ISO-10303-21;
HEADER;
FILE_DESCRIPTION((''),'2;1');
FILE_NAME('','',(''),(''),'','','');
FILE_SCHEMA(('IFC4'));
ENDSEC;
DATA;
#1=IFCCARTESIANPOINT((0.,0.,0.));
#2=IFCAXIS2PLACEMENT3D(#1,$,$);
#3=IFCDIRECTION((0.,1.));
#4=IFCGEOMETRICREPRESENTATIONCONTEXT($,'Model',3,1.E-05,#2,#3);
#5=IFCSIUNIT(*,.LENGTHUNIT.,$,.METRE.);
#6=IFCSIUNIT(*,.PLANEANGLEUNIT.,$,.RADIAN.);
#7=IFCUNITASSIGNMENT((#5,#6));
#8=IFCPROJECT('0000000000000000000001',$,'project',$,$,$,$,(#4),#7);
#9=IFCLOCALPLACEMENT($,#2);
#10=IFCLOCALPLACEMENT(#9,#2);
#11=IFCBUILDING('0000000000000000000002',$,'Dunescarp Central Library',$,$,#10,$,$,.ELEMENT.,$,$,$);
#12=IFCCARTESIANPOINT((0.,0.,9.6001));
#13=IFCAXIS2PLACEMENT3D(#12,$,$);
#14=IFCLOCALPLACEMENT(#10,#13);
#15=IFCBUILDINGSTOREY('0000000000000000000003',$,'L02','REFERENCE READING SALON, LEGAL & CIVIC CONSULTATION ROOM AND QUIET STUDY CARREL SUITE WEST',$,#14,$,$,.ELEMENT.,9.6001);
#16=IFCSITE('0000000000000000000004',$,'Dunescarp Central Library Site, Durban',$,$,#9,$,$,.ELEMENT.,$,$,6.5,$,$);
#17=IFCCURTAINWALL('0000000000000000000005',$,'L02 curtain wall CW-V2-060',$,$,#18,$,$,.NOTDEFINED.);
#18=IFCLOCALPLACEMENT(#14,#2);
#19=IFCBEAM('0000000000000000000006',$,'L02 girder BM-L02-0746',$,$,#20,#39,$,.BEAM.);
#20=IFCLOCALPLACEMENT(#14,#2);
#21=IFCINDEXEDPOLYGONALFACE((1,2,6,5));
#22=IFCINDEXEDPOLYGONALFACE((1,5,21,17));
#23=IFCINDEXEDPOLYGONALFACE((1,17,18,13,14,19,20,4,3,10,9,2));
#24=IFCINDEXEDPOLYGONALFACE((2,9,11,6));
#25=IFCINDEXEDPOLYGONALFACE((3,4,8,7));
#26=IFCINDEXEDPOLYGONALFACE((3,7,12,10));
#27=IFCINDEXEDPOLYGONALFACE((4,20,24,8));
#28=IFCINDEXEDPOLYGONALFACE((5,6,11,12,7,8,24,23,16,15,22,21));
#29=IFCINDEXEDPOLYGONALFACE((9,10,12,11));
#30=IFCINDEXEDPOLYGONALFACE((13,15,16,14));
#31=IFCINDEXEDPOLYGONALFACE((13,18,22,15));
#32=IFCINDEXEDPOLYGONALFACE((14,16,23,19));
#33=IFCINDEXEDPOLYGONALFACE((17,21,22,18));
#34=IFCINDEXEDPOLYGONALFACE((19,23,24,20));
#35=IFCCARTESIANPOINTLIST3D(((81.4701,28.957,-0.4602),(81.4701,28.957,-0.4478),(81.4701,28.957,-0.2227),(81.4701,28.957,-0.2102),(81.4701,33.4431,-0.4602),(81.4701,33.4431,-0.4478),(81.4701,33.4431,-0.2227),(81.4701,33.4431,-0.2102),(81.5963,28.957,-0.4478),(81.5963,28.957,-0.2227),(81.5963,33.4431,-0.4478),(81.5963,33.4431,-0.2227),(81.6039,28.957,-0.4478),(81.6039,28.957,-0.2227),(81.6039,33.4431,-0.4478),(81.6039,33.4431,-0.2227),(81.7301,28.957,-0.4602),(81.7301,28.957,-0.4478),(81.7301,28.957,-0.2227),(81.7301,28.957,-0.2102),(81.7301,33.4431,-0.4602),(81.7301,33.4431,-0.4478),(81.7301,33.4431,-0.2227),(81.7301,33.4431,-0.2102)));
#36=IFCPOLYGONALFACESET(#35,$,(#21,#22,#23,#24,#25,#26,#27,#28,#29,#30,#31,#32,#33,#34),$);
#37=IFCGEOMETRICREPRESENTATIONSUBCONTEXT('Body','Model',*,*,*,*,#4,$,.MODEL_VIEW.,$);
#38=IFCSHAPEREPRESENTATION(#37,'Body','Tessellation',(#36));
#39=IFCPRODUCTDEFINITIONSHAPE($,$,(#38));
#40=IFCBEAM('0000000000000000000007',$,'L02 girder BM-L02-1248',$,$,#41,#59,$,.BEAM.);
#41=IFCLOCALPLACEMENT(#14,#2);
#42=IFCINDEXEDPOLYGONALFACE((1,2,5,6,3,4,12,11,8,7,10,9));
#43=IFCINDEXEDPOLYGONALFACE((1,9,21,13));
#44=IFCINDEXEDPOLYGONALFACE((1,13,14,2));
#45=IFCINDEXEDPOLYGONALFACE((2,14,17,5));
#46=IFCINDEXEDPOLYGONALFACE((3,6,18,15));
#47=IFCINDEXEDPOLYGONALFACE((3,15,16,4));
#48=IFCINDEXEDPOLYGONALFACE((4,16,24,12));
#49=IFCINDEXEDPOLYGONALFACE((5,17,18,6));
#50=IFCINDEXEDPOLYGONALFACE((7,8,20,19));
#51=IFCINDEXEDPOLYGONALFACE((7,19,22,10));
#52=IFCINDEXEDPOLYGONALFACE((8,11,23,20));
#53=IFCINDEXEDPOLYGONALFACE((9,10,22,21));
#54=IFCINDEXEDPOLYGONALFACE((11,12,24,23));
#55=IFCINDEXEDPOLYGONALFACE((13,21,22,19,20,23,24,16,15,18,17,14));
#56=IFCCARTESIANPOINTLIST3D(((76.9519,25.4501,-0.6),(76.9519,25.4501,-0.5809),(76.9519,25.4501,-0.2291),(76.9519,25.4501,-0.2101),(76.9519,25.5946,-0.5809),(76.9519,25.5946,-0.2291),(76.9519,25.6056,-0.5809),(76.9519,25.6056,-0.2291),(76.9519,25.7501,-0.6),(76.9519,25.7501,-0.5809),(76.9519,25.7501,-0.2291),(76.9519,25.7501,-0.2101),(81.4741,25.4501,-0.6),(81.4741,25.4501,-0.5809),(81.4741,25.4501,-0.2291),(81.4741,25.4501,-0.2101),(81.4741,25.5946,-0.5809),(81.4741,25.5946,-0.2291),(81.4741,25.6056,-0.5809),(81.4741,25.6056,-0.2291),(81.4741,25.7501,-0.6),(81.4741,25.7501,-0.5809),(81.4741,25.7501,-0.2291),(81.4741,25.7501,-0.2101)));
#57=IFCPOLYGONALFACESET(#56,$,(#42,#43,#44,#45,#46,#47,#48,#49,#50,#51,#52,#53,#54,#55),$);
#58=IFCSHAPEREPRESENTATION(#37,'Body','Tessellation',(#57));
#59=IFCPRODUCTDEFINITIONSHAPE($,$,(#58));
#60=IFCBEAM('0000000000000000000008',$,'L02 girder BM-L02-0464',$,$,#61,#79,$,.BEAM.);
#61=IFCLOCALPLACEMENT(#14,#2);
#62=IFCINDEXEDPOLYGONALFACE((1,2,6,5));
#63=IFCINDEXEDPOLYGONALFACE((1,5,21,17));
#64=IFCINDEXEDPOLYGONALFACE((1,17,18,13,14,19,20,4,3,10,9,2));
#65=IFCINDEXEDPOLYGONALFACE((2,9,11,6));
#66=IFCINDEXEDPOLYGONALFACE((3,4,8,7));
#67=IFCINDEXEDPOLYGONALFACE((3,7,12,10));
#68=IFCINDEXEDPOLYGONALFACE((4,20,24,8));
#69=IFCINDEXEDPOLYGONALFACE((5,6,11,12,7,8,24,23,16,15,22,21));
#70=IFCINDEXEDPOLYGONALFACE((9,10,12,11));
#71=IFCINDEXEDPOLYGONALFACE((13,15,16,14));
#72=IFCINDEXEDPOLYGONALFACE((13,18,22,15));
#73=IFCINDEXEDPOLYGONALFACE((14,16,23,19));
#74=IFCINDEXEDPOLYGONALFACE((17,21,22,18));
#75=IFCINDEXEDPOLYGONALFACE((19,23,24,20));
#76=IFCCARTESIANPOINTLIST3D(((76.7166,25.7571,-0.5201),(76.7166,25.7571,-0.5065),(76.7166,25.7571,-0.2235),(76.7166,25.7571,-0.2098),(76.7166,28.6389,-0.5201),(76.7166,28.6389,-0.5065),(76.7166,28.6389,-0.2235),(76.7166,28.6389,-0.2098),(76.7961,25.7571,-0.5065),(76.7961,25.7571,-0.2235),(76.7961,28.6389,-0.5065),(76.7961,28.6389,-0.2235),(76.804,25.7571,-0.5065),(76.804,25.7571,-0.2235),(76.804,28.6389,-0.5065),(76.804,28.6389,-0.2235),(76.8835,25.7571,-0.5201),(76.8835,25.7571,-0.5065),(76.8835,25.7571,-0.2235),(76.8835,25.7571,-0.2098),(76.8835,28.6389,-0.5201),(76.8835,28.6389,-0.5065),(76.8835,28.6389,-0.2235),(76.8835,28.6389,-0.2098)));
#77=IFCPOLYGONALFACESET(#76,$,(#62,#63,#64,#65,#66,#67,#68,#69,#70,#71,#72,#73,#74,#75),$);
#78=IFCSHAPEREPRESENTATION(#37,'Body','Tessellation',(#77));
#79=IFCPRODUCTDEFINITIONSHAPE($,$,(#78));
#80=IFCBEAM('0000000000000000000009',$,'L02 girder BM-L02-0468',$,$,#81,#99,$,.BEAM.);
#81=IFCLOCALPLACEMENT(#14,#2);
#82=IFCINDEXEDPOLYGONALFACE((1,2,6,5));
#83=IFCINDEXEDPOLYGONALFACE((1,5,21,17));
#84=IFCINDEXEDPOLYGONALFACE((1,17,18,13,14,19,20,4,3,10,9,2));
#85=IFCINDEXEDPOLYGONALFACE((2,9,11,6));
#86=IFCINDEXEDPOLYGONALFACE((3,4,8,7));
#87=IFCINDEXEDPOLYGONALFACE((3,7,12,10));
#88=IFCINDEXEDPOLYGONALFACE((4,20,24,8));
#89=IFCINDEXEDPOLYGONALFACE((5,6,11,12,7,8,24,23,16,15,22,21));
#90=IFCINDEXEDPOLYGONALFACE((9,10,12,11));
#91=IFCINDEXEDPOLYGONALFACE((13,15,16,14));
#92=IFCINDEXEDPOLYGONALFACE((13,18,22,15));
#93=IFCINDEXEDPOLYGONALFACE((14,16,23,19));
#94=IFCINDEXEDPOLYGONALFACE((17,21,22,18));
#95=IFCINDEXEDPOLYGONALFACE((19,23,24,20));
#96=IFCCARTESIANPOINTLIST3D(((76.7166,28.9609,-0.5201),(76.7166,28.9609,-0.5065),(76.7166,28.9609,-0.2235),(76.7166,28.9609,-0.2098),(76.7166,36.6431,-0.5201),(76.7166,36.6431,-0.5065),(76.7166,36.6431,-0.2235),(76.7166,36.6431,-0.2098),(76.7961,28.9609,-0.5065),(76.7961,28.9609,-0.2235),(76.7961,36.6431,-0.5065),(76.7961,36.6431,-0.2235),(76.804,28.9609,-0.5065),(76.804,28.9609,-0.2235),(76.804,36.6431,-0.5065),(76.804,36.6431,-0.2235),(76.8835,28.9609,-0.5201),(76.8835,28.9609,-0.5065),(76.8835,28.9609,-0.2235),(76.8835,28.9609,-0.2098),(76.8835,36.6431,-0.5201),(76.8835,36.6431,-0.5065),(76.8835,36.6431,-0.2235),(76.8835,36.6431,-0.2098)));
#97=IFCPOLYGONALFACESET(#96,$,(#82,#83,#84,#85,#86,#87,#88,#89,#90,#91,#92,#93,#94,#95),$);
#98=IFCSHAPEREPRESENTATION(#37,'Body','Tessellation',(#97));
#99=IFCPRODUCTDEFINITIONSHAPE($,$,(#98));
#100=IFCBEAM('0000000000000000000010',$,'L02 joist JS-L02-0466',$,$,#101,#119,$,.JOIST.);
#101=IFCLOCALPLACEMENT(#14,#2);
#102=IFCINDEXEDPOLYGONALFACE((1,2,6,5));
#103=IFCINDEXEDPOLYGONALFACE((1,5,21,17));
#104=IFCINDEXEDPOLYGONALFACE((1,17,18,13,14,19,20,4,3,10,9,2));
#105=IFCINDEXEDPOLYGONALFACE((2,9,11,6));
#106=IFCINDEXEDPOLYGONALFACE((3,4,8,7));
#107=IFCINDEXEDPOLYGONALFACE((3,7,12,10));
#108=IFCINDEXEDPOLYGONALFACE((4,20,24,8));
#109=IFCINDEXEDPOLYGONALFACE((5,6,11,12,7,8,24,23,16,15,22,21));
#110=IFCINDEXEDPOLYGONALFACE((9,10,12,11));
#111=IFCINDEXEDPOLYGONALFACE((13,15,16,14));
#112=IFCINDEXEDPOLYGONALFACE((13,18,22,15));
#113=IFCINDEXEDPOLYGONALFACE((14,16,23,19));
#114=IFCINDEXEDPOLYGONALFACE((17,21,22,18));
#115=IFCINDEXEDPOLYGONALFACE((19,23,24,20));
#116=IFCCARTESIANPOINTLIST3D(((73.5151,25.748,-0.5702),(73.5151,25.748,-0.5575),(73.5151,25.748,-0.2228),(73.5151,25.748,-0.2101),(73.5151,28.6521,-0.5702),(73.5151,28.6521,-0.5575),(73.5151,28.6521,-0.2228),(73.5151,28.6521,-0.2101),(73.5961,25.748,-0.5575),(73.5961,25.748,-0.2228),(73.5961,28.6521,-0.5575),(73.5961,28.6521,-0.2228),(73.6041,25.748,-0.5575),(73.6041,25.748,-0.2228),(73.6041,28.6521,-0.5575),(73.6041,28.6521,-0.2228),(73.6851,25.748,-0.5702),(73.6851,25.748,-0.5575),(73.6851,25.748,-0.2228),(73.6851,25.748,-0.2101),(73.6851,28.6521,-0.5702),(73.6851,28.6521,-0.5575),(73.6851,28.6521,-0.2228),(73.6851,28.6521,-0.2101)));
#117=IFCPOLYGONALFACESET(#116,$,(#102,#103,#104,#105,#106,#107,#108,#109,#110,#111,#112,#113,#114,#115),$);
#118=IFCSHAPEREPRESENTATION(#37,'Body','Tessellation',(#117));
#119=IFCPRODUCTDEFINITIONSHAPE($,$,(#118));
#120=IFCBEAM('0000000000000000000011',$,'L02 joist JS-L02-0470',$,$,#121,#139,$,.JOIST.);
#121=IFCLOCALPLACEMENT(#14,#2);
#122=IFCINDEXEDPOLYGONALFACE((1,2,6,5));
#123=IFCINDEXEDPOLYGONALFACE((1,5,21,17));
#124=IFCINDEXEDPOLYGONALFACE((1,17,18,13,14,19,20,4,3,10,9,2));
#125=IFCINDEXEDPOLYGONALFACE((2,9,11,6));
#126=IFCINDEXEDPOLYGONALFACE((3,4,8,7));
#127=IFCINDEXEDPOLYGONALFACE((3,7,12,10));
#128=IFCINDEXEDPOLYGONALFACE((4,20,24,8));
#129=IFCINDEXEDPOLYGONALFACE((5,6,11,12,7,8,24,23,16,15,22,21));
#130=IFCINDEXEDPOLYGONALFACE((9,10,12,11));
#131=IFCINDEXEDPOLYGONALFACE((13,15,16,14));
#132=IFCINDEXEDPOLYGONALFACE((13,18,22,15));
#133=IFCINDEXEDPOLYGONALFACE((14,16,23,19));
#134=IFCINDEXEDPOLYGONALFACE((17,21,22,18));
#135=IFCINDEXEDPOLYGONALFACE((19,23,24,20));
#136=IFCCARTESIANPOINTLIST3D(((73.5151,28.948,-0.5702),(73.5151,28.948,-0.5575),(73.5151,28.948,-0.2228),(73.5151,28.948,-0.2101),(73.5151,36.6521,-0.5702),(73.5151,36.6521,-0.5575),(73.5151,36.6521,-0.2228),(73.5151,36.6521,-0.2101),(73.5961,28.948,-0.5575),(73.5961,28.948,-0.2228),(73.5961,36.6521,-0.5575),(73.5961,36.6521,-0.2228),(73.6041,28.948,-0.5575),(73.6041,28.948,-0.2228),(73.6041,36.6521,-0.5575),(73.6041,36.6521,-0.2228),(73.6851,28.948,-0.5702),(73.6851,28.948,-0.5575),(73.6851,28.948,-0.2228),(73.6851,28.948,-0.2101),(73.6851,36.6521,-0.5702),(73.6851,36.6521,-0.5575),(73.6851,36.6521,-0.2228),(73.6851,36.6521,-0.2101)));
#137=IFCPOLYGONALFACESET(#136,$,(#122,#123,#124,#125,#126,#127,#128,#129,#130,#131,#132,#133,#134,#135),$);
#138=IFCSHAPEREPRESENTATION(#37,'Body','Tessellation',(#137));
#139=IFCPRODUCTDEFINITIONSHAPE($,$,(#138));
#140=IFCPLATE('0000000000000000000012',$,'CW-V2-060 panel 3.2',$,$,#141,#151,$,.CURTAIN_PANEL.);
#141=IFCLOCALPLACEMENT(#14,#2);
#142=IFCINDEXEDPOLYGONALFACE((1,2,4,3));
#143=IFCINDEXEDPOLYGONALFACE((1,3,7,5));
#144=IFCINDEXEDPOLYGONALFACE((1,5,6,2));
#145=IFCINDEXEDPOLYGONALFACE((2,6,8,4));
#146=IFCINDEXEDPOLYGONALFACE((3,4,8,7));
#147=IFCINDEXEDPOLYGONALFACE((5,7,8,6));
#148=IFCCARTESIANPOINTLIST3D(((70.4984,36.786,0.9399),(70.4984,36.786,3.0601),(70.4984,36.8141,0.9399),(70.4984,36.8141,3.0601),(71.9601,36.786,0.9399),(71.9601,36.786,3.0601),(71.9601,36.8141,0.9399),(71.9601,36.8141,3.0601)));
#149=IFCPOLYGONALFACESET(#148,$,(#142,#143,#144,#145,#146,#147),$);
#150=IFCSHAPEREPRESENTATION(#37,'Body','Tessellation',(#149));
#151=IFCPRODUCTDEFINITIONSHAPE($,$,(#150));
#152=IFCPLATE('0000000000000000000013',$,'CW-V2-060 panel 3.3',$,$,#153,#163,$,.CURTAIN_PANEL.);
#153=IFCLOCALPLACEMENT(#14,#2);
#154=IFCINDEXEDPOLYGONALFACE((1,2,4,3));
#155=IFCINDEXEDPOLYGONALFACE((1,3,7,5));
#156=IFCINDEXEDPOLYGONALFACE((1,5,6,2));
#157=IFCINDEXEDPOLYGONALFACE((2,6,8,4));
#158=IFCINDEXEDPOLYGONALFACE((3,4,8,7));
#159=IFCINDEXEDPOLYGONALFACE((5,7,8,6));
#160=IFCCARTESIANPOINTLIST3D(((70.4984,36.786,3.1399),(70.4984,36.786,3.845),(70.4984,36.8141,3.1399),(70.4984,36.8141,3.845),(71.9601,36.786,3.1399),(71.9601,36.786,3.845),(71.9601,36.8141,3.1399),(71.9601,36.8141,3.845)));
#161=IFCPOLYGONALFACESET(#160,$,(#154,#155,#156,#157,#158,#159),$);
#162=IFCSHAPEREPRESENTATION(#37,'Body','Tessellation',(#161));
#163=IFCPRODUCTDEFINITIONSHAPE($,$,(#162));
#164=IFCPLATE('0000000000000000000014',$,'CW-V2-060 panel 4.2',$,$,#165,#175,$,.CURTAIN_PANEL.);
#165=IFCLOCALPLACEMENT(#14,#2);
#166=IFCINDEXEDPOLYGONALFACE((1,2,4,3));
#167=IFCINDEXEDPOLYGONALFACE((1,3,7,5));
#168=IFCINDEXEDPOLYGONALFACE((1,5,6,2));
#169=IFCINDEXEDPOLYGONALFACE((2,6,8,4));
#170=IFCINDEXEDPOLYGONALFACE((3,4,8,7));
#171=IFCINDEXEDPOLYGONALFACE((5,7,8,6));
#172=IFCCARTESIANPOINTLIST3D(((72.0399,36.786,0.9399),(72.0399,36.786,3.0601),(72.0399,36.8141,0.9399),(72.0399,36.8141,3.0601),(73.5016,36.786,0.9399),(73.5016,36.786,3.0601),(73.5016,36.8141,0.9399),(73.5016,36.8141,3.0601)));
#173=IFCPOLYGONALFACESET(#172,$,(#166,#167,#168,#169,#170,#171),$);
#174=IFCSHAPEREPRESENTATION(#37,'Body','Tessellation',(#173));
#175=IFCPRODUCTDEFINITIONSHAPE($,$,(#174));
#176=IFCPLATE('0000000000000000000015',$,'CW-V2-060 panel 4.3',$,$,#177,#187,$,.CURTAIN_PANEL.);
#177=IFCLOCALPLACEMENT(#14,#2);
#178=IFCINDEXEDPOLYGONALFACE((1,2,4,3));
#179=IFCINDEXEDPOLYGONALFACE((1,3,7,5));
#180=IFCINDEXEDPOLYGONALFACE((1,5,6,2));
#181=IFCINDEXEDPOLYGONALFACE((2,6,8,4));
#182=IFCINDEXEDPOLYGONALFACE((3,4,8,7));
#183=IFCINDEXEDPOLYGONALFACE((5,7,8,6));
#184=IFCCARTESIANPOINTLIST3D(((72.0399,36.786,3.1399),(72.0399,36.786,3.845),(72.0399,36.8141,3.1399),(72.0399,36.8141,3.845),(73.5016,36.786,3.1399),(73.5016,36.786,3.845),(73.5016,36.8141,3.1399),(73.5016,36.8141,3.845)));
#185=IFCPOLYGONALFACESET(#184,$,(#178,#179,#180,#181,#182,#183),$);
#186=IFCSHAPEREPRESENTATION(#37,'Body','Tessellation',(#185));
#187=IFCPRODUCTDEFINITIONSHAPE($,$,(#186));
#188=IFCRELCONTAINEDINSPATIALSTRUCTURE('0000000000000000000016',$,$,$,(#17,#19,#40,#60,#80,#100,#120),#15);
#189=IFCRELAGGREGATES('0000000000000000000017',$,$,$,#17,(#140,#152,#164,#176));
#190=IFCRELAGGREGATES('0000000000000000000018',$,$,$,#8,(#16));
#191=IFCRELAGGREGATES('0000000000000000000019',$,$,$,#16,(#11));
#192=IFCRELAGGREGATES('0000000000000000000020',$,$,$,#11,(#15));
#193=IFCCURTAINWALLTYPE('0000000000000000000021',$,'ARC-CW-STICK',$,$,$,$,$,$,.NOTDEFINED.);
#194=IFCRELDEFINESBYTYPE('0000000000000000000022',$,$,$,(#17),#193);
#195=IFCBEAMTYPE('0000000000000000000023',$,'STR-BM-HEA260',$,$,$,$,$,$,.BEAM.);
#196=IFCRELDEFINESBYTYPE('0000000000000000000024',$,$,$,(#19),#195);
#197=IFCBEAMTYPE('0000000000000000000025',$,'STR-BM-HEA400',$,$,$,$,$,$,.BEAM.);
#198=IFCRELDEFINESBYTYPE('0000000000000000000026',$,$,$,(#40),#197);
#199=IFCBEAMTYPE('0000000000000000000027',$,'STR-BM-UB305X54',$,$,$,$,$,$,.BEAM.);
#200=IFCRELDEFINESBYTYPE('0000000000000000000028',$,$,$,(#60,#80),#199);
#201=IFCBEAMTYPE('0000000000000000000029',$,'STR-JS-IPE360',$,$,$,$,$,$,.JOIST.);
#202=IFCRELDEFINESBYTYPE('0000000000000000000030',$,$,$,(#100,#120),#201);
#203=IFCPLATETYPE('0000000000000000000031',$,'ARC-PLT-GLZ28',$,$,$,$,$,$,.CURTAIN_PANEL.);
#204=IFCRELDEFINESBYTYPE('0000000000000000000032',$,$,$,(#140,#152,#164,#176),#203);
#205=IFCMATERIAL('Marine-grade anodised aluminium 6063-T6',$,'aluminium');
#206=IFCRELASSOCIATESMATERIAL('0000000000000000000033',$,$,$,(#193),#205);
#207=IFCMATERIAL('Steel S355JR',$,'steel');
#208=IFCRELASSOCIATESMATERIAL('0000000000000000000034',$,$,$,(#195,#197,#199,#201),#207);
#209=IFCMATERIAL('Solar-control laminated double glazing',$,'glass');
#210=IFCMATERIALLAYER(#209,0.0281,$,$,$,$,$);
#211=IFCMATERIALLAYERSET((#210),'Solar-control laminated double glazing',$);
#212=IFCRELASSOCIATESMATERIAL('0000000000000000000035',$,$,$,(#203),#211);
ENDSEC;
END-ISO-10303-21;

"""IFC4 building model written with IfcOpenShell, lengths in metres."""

from ifc_helpers import new_model, si_unit, direction, frame, origin, origin_2d, place, context, subcontext, project, spatial, rectangle, i_section, extrude, material, layer, layer_set, material_profile, profile_set, type_object, element, aggregate, save


model = new_model("IFC4")

# Units and contexts
model_context = context("Model", 3, precision=1e-05, world=origin(), true_north=direction((0.0, 1.0)))
body_context = subcontext(model_context, "Body", "Model", "MODEL_VIEW")
ifc_project = project(units=[si_unit("LENGTHUNIT", "METRE"), si_unit("PLANEANGLEUNIT", "RADIAN")], contexts=[model_context])

# Site, building, storey
site_placement = place(None, origin())
site = spatial("IfcSite", under=ifc_project, at=site_placement, Name="Dunescarp Central Library Site, Durban", CompositionType="ELEMENT", RefElevation=6.5)
building_placement = place(site_placement, origin())
building = spatial("IfcBuilding", under=site, at=building_placement, Name="Dunescarp Central Library", CompositionType="ELEMENT")
storey_placement = place(building_placement, frame((0.0, 0.0, 9.6001)))
storey = spatial("IfcBuildingStorey", under=building, at=storey_placement, Name="L02", Description="REFERENCE READING SALON, LEGAL & CIVIC CONSULTATION ROOM AND QUIET STUDY CARREL SUITE WEST", CompositionType="ELEMENT", Elevation=9.6001)

# Shared definitions
ifc_material_1 = material(Name="Steel S355JR", Category="steel")

# Curtain wall
ifc_material_2 = material(Name="Marine-grade anodised aluminium 6063-T6", Category="aluminium")
curtain_wall_type = type_object("IfcCurtainWallType", Name="ARC-CW-STICK", PredefinedType="NOTDEFINED", material=ifc_material_2)
curtain_wall_placement = place(storey_placement, origin())
curtain_wall = element("IfcCurtainWall", 1, at=curtain_wall_placement, inside=storey, type_object=curtain_wall_type, Name="L02 curtain wall CW-V2-060", PredefinedType="NOTDEFINED")

# Beams
ifc_material_profile_1 = material_profile(ifc_material_1, i_section(OverallWidth=0.26, OverallDepth=0.25, WebThickness=0.0076, FlangeThickness=0.0125, at=origin_2d()), Name="HEA 260")
ifc_profile_set_1 = profile_set([ifc_material_profile_1], Name="Steel S355JR")
beam_type_1 = type_object("IfcBeamType", Name="STR-BM-HEA260", PredefinedType="BEAM", material=ifc_profile_set_1)
beam_1_placement = place(storey_placement, frame((81.6001, 28.957, -0.3352), z_axis=(0.0, 1.0, 0.0), x_axis=(-1.0, 0.0, 0.0)))
element("IfcBeam", 2, at=beam_1_placement, inside=storey, type_object=beam_type_1, Name="L02 girder BM-L02-0746", PredefinedType="BEAM", context=body_context, shape_type="SweptSolid", body=[
    extrude(i_section(OverallWidth=0.26, OverallDepth=0.25, WebThickness=0.0076, FlangeThickness=0.0125, at=origin_2d()), origin(), (0.0, 0.0, 1.0), 4.4861),
])
ifc_material_profile_2 = material_profile(ifc_material_1, i_section(OverallWidth=0.3, OverallDepth=0.3899, WebThickness=0.011, FlangeThickness=0.019, at=origin_2d()), Name="HEA 400")
ifc_profile_set_2 = profile_set([ifc_material_profile_2], Name="Steel S355JR")
beam_type_2 = type_object("IfcBeamType", Name="STR-BM-HEA400", PredefinedType="BEAM", material=ifc_profile_set_2)
beam_2_placement = place(storey_placement, frame((76.9519, 25.6001, -0.405), z_axis=(1.0, 0.0, 0.0), x_axis=(0.0, 1.0, 0.0)))
element("IfcBeam", 3, at=beam_2_placement, inside=storey, type_object=beam_type_2, Name="L02 girder BM-L02-1248", PredefinedType="BEAM", context=body_context, shape_type="SweptSolid", body=[
    extrude(i_section(OverallWidth=0.3, OverallDepth=0.3899, WebThickness=0.011, FlangeThickness=0.019, at=origin_2d()), origin(), (0.0, 0.0, 1.0), 4.5222),
])
ifc_material_profile_3 = material_profile(ifc_material_1, i_section(OverallWidth=0.167, OverallDepth=0.3103, WebThickness=0.0078, FlangeThickness=0.0137, at=origin_2d()), Name="UB 305x165x54")
ifc_profile_set_3 = profile_set([ifc_material_profile_3], Name="Steel S355JR")
beam_type_3 = type_object("IfcBeamType", Name="STR-BM-UB305X54", PredefinedType="BEAM", material=ifc_profile_set_3)
beam_3_placement = place(storey_placement, frame((76.8, 25.7571, -0.365), z_axis=(0.0, 1.0, 0.0), x_axis=(-1.0, 0.0, 0.0)))
element("IfcBeam", 4, at=beam_3_placement, inside=storey, type_object=beam_type_3, Name="L02 girder BM-L02-0464", PredefinedType="BEAM", context=body_context, shape_type="SweptSolid", body=[
    extrude(i_section(OverallWidth=0.167, OverallDepth=0.3103, WebThickness=0.0078, FlangeThickness=0.0137, at=origin_2d()), origin(), (0.0, 0.0, 1.0), 2.8818),
])
beam_4_placement = place(storey_placement, frame((76.8, 28.9609, -0.365), z_axis=(0.0, 1.0, 0.0), x_axis=(-1.0, 0.0, 0.0)))
element("IfcBeam", 5, at=beam_4_placement, inside=storey, type_object=beam_type_3, Name="L02 girder BM-L02-0468", PredefinedType="BEAM", context=body_context, shape_type="SweptSolid", body=[
    extrude(i_section(OverallWidth=0.167, OverallDepth=0.3103, WebThickness=0.0078, FlangeThickness=0.0137, at=origin_2d()), origin(), (0.0, 0.0, 1.0), 7.6821),
])
ifc_material_profile_4 = material_profile(ifc_material_1, i_section(OverallWidth=0.1699, OverallDepth=0.3601, WebThickness=0.0081, FlangeThickness=0.0127, at=origin_2d()), Name="IPE 360")
ifc_profile_set_4 = profile_set([ifc_material_profile_4], Name="Steel S355JR")
beam_type_4 = type_object("IfcBeamType", Name="STR-JS-IPE360", PredefinedType="JOIST", material=ifc_profile_set_4)
beam_5_placement = place(storey_placement, frame((73.6001, 25.748, -0.3901), z_axis=(0.0, 1.0, 0.0), x_axis=(-1.0, 0.0, 0.0)))
element("IfcBeam", 6, at=beam_5_placement, inside=storey, type_object=beam_type_4, Name="L02 joist JS-L02-0466", PredefinedType="JOIST", context=body_context, shape_type="SweptSolid", body=[
    extrude(i_section(OverallWidth=0.1699, OverallDepth=0.3601, WebThickness=0.0081, FlangeThickness=0.0127, at=origin_2d()), origin(), (0.0, 0.0, 1.0), 2.9041),
])
beam_6_placement = place(storey_placement, frame((73.6001, 28.948, -0.3901), z_axis=(0.0, 1.0, 0.0), x_axis=(-1.0, 0.0, 0.0)))
element("IfcBeam", 7, at=beam_6_placement, inside=storey, type_object=beam_type_4, Name="L02 joist JS-L02-0470", PredefinedType="JOIST", context=body_context, shape_type="SweptSolid", body=[
    extrude(i_section(OverallWidth=0.1699, OverallDepth=0.3601, WebThickness=0.0081, FlangeThickness=0.0127, at=origin_2d()), origin(), (0.0, 0.0, 1.0), 7.7041),
])

# Plates
ifc_material_3 = material(Name="Solar-control laminated double glazing", Category="glass")
ifc_layer_1 = layer(ifc_material_3, 0.0281)
ifc_layer_set_1 = layer_set([ifc_layer_1], Name="Solar-control laminated double glazing")
plate_type_1 = type_object("IfcPlateType", Name="ARC-PLT-GLZ28", PredefinedType="CURTAIN_PANEL", material=ifc_layer_set_1)
plate_1_placement = place(storey_placement, frame((71.2292, 36.8, 0.9399), z_axis=(0.0, 0.0, 1.0), x_axis=(1.0, 0.0, 0.0)))
plate_1 = element("IfcPlate", 8, at=plate_1_placement, type_object=plate_type_1, Name="CW-V2-060 panel 3.2", PredefinedType="CURTAIN_PANEL", context=body_context, shape_type="SweptSolid", body=[
    extrude(rectangle(XDim=1.4617, YDim=0.0281, at=origin_2d()), origin(), (0.0, 0.0, 1.0), 2.1201),
])
plate_2_placement = place(storey_placement, frame((71.2292, 36.8, 3.1399), z_axis=(0.0, 0.0, 1.0), x_axis=(1.0, 0.0, 0.0)))
plate_2 = element("IfcPlate", 9, at=plate_2_placement, type_object=plate_type_1, Name="CW-V2-060 panel 3.3", PredefinedType="CURTAIN_PANEL", context=body_context, shape_type="SweptSolid", body=[
    extrude(rectangle(XDim=1.4617, YDim=0.0281, at=origin_2d()), origin(), (0.0, 0.0, 1.0), 0.7051),
])
plate_3_placement = place(storey_placement, frame((72.7708, 36.8, 0.9399), z_axis=(0.0, 0.0, 1.0), x_axis=(1.0, 0.0, 0.0)))
plate_3 = element("IfcPlate", 10, at=plate_3_placement, type_object=plate_type_1, Name="CW-V2-060 panel 4.2", PredefinedType="CURTAIN_PANEL", context=body_context, shape_type="SweptSolid", body=[
    extrude(rectangle(XDim=1.4617, YDim=0.0281, at=origin_2d()), origin(), (0.0, 0.0, 1.0), 2.1201),
])
plate_4_placement = place(storey_placement, frame((72.7708, 36.8, 3.1399), z_axis=(0.0, 0.0, 1.0), x_axis=(1.0, 0.0, 0.0)))
plate_4 = element("IfcPlate", 11, at=plate_4_placement, type_object=plate_type_1, Name="CW-V2-060 panel 4.3", PredefinedType="CURTAIN_PANEL", context=body_context, shape_type="SweptSolid", body=[
    extrude(rectangle(XDim=1.4617, YDim=0.0281, at=origin_2d()), origin(), (0.0, 0.0, 1.0), 0.7051),
])
aggregate(curtain_wall, [plate_1, plate_2, plate_3, plate_4])

save(model, "model.ifc")
